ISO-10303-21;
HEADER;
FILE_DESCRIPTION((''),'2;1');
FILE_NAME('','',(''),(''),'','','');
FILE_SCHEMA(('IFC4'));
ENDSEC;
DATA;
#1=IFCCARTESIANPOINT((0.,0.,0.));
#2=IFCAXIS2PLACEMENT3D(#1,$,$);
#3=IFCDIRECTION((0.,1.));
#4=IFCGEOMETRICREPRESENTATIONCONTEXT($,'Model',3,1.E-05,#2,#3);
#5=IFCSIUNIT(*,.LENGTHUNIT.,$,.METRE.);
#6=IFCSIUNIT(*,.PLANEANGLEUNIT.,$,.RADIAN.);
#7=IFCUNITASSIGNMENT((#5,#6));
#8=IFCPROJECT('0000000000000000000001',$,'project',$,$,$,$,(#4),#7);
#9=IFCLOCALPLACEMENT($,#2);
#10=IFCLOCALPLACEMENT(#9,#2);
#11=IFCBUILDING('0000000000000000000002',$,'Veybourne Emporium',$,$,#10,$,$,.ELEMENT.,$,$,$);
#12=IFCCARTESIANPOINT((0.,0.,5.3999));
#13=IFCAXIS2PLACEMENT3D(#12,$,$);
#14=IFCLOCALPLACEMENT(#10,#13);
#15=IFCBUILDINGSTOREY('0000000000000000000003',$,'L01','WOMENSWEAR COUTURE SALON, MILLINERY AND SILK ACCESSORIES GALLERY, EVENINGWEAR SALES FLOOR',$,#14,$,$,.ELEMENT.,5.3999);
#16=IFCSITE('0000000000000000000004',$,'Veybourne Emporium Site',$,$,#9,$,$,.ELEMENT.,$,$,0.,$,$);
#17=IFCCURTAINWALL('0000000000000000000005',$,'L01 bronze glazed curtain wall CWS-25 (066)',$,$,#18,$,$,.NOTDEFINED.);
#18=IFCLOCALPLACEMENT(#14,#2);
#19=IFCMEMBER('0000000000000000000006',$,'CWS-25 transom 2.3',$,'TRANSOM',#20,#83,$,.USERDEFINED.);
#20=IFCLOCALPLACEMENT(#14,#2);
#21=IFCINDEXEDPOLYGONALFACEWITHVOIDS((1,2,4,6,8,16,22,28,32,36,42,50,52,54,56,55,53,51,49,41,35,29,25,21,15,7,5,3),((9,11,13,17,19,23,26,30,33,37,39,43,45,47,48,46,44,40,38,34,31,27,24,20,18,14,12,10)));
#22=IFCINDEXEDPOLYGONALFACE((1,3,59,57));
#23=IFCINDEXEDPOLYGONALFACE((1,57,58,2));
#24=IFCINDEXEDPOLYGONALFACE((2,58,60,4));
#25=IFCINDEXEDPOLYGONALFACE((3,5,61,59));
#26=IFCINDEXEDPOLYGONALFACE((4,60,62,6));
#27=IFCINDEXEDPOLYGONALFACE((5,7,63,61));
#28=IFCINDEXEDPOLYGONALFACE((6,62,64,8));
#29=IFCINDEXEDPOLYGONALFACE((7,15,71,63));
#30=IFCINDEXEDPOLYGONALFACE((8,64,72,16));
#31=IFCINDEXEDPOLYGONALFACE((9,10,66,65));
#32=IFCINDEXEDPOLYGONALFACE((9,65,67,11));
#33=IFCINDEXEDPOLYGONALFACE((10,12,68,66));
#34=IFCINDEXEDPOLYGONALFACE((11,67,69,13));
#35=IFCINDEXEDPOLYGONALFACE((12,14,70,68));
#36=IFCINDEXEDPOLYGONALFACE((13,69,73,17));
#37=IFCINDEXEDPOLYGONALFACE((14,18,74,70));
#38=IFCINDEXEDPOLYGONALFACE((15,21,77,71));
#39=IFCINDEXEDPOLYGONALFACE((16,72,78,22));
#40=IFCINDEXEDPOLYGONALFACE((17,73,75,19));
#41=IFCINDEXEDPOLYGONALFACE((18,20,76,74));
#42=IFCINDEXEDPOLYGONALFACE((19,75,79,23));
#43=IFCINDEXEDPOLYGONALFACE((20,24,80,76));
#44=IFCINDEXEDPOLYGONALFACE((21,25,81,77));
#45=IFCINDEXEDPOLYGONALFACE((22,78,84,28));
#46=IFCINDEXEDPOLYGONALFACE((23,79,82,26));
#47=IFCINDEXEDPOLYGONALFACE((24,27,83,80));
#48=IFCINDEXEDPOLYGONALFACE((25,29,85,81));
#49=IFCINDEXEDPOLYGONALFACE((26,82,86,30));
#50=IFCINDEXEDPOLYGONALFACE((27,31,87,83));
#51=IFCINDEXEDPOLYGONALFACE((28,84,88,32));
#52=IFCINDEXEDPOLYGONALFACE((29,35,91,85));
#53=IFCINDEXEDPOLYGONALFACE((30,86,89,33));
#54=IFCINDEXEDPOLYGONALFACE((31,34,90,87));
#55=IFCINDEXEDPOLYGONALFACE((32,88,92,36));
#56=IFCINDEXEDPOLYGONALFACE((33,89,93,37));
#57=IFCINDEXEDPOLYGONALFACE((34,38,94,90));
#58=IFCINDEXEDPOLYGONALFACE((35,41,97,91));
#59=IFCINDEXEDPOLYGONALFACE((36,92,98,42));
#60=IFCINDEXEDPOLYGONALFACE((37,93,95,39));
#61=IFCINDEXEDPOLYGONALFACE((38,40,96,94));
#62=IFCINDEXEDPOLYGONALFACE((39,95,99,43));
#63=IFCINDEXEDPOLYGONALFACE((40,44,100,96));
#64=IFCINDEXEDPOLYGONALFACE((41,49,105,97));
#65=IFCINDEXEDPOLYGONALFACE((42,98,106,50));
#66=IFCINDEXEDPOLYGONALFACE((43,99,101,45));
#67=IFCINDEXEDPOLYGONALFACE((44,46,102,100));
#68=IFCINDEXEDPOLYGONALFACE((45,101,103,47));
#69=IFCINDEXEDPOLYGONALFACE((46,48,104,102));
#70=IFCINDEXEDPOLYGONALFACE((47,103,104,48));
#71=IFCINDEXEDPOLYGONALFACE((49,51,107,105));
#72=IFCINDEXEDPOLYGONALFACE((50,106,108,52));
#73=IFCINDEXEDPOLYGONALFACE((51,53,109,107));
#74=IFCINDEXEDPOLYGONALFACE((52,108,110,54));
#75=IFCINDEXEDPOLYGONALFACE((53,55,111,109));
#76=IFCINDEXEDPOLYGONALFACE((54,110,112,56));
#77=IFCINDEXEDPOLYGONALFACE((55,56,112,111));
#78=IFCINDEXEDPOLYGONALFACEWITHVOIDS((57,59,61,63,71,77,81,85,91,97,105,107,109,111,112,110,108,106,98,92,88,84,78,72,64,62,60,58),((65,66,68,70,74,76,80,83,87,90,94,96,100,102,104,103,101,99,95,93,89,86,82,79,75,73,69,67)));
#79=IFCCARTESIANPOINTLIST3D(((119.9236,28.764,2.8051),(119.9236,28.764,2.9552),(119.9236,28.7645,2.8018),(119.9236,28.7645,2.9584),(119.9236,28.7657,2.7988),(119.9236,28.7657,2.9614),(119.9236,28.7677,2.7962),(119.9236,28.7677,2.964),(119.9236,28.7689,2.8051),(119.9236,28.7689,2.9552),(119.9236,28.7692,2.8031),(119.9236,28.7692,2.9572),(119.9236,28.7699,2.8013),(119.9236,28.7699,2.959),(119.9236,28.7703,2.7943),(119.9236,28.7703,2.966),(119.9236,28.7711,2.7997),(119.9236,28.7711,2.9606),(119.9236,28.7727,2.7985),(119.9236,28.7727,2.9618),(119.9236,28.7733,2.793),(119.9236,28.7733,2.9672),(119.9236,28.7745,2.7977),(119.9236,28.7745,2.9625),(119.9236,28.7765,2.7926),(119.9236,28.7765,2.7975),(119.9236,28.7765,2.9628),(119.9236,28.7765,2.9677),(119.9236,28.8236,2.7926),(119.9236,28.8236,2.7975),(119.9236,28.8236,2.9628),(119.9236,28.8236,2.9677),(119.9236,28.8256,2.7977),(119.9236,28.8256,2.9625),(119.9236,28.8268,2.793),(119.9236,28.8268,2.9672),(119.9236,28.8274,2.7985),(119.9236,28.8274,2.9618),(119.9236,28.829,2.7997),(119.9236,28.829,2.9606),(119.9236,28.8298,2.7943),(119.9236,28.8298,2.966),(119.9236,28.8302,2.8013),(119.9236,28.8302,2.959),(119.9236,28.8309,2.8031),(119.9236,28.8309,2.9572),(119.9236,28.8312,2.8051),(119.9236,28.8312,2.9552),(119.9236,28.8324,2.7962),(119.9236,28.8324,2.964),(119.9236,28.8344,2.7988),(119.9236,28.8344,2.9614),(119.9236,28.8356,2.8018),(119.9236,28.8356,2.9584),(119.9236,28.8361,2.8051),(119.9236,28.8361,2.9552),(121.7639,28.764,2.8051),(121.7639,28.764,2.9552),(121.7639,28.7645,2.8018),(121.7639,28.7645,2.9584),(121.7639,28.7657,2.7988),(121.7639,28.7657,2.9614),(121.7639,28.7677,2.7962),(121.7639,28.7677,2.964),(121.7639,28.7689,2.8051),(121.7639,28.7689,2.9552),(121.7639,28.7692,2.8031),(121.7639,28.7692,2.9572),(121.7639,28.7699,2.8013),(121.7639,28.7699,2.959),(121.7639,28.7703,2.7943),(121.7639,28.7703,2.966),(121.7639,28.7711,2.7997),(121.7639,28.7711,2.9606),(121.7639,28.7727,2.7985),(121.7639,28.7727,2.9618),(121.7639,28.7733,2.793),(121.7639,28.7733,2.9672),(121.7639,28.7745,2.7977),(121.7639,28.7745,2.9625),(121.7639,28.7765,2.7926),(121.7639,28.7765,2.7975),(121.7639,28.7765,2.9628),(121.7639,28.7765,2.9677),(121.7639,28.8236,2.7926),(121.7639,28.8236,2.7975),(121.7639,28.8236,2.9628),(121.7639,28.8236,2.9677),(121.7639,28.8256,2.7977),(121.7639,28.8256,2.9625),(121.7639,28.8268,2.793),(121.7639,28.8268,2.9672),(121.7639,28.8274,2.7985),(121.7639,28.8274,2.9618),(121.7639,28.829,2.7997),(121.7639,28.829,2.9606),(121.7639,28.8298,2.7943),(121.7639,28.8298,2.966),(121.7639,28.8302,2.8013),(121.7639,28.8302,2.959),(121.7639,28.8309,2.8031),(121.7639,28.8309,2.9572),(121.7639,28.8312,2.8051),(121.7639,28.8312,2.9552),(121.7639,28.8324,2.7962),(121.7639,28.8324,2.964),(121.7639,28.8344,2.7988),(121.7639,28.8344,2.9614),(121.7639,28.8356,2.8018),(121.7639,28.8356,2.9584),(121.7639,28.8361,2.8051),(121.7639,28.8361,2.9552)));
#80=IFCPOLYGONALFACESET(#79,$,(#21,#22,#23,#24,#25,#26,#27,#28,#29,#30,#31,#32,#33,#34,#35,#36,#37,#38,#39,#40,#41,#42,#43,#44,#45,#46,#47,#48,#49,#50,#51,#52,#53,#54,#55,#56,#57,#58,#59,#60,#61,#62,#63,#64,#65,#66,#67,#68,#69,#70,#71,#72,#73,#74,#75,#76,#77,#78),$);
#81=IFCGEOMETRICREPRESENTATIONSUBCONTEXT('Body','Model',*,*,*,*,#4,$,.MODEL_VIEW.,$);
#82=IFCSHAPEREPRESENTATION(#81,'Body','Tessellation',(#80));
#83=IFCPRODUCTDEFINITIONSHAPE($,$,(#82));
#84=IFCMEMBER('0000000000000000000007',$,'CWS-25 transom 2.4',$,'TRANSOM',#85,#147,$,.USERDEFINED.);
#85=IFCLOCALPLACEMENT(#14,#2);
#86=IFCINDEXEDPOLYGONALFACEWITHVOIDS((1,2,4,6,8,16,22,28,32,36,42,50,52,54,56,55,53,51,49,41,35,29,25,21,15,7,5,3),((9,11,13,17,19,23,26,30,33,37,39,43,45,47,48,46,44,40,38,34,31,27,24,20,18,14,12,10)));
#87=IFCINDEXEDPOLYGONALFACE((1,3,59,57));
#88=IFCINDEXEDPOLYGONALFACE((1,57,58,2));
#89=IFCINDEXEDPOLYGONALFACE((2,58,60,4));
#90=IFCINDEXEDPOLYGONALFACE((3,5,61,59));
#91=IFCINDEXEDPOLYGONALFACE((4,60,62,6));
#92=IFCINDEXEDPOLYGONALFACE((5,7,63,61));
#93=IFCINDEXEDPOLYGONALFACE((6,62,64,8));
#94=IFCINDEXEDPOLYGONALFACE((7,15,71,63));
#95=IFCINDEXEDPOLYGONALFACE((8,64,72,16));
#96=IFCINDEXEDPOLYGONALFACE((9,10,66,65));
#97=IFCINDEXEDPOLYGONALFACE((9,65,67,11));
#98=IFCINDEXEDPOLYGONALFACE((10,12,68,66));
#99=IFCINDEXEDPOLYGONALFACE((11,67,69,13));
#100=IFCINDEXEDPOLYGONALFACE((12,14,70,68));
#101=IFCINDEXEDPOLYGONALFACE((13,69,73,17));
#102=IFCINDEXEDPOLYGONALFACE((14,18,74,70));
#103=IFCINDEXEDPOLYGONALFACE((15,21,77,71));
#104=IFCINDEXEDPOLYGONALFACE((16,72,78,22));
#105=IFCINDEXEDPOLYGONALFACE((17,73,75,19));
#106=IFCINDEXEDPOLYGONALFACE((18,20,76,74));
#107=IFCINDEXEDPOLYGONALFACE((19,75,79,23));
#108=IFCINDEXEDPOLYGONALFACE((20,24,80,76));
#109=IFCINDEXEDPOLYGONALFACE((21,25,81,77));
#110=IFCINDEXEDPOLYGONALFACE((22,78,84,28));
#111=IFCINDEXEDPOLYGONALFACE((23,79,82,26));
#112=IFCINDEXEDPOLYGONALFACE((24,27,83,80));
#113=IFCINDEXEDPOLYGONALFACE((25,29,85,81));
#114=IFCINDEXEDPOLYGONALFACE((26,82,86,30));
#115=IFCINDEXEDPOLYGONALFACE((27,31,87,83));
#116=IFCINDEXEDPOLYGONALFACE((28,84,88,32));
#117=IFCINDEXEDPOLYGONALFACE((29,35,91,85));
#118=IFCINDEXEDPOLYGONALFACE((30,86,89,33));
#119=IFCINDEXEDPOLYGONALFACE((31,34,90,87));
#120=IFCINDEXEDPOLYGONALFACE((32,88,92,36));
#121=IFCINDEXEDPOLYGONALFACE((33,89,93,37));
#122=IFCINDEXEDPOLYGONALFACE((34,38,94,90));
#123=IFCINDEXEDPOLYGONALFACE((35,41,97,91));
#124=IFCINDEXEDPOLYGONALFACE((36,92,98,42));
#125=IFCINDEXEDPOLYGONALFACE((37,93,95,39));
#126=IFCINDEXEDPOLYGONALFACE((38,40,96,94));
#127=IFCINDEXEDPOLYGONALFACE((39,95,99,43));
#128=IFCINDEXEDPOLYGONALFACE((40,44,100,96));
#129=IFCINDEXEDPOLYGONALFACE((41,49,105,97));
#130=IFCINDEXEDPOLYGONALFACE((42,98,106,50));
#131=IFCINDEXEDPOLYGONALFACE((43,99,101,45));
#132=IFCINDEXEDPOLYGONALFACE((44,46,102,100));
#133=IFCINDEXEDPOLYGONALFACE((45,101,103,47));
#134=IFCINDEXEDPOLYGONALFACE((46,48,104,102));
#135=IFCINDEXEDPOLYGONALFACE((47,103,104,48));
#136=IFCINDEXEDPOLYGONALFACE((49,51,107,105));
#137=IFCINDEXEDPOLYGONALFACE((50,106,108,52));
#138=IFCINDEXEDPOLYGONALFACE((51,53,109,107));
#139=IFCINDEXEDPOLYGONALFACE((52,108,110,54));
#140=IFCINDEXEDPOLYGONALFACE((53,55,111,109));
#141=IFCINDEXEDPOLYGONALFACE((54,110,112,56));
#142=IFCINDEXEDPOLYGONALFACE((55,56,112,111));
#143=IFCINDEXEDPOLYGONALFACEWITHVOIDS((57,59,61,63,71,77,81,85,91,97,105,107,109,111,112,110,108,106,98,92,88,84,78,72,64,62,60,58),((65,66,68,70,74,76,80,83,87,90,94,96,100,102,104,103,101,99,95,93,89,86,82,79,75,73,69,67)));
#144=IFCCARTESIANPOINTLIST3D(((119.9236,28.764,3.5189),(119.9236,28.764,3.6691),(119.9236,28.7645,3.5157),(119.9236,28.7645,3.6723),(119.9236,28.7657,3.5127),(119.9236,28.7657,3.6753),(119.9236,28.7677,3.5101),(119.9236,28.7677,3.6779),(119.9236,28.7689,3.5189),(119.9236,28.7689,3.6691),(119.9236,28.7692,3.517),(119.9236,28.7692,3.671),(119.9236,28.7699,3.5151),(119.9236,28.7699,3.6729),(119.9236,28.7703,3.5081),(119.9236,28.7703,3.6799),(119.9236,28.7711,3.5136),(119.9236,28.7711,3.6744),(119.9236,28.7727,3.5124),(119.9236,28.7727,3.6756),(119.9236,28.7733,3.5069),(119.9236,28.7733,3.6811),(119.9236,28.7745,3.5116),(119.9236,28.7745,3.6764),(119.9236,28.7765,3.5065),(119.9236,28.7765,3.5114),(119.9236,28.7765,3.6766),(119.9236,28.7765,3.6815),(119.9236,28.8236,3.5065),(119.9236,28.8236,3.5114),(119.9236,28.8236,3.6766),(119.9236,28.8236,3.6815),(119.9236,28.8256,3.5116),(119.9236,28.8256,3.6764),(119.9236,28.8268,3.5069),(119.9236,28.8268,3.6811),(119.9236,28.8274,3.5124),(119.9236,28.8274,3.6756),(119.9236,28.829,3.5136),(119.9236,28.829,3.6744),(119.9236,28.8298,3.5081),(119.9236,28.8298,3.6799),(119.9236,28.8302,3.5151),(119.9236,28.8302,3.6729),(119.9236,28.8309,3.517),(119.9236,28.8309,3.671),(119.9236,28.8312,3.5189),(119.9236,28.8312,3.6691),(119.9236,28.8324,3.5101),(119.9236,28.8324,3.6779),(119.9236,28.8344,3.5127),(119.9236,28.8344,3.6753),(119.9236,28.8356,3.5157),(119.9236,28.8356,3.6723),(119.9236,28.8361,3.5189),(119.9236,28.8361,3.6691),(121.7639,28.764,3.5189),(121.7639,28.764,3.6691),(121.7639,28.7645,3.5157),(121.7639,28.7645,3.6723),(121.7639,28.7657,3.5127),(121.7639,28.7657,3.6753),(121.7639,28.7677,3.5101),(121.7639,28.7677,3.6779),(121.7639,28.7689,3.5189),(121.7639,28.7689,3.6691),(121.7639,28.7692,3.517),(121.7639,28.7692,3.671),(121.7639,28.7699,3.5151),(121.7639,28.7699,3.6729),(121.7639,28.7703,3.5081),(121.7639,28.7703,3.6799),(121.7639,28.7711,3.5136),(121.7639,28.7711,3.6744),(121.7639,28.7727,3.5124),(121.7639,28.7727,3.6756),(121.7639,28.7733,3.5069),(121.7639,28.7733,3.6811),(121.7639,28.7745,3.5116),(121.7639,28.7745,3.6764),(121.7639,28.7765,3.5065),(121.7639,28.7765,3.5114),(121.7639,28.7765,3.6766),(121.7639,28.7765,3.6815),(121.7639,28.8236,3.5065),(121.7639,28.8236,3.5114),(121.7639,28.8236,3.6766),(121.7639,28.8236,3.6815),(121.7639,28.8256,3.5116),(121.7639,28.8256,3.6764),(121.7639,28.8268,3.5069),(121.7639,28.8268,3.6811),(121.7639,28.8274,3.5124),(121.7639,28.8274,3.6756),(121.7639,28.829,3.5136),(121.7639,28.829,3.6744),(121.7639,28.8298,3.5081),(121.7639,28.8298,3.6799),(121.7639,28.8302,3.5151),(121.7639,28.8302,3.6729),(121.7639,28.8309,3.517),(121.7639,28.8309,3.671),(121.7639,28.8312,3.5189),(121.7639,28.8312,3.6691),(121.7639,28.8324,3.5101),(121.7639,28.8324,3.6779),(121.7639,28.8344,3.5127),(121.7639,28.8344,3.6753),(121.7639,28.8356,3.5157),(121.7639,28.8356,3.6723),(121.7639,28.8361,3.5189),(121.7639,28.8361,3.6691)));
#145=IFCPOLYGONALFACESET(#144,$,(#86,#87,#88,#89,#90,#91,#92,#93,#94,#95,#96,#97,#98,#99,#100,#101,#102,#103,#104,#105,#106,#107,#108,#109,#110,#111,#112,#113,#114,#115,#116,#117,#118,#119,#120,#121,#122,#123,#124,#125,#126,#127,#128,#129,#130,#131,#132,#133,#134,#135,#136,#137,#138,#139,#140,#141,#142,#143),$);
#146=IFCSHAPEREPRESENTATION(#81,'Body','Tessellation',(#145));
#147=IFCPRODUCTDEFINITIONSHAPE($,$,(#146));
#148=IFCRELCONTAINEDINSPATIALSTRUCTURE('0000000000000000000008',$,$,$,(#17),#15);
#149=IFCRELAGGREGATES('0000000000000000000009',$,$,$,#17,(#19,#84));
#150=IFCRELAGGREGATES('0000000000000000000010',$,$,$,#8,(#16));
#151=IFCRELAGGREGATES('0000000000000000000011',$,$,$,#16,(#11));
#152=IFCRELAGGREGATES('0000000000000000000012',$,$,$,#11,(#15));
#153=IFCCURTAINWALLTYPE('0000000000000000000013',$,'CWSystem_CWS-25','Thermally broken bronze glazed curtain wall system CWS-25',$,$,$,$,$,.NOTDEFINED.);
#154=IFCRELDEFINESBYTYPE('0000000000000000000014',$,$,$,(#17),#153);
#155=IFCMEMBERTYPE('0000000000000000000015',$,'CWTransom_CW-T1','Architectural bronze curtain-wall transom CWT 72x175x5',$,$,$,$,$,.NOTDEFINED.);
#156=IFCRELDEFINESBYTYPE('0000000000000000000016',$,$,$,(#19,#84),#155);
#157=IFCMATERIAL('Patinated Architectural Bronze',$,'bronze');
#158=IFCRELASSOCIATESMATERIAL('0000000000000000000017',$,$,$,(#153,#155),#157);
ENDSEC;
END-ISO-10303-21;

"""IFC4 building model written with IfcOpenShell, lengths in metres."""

from ifc_helpers import new_model, si_unit, direction, frame, origin, origin_2d, place, context, subcontext, project, spatial, hollow_rectangle, extrude, material, material_profile, profile_set, type_object, element, aggregate, save


model = new_model("IFC4")

# Units and contexts
model_context = context("Model", 3, precision=1e-05, world=origin(), true_north=direction((0.0, 1.0)))
body_context = subcontext(model_context, "Body", "Model", "MODEL_VIEW")
ifc_project = project(units=[si_unit("LENGTHUNIT", "METRE"), si_unit("PLANEANGLEUNIT", "RADIAN")], contexts=[model_context])

# Site, building, storey
site_placement = place(None, origin())
site = spatial("IfcSite", under=ifc_project, at=site_placement, Name="Veybourne Emporium Site", CompositionType="ELEMENT", RefElevation=0.0)
building_placement = place(site_placement, origin())
building = spatial("IfcBuilding", under=site, at=building_placement, Name="Veybourne Emporium", CompositionType="ELEMENT")
storey_placement = place(building_placement, frame((0.0, 0.0, 5.3999)))
storey = spatial("IfcBuildingStorey", under=building, at=storey_placement, Name="L01", Description="WOMENSWEAR COUTURE SALON, MILLINERY AND SILK ACCESSORIES GALLERY, EVENINGWEAR SALES FLOOR", CompositionType="ELEMENT", Elevation=5.3999)

# Curtain wall, members
ifc_material_1 = material(Name="Patinated Architectural Bronze", Category="bronze")
curtain_wall_type = type_object("IfcCurtainWallType", Name="CWSystem_CWS-25", Description="Thermally broken bronze glazed curtain wall system CWS-25", PredefinedType="NOTDEFINED", material=ifc_material_1)
curtain_wall_placement = place(storey_placement, origin())
curtain_wall = element("IfcCurtainWall", 1, at=curtain_wall_placement, inside=storey, type_object=curtain_wall_type, Name="L01 bronze glazed curtain wall CWS-25 (066)", PredefinedType="NOTDEFINED")
ifc_material_profile_1 = material_profile(ifc_material_1, hollow_rectangle(XDim=0.072, YDim=0.175, WallThickness=0.0049, InnerFilletRadius=0.0076, OuterFilletRadius=0.0125, at=origin_2d()), Name="CWT 72x175x5")
ifc_profile_set_1 = profile_set([ifc_material_profile_1], Name="Patinated Architectural Bronze")
member_type_1 = type_object("IfcMemberType", Name="CWTransom_CW-T1", Description="Architectural bronze curtain-wall transom CWT 72x175x5", PredefinedType="NOTDEFINED", material=ifc_profile_set_1)
member_1_placement = place(storey_placement, frame((119.9236, 28.8, 2.8801), z_axis=(1.0, 0.0, 0.0), x_axis=(0.0, 1.0, 0.0)))
member_1 = element("IfcMember", 2, at=member_1_placement, type_object=member_type_1, Name="CWS-25 transom 2.3", ObjectType="TRANSOM", PredefinedType="USERDEFINED", context=body_context, shape_type="SweptSolid", body=[
    extrude(hollow_rectangle(XDim=0.072, YDim=0.175, WallThickness=0.0049, InnerFilletRadius=0.0076, OuterFilletRadius=0.0125, at=origin_2d()), origin(), (0.0, 0.0, 1.0), 1.8403),
])
member_2_placement = place(storey_placement, frame((119.9236, 28.8, 3.594), z_axis=(1.0, 0.0, 0.0), x_axis=(0.0, 1.0, 0.0)))
member_2 = element("IfcMember", 3, at=member_2_placement, type_object=member_type_1, Name="CWS-25 transom 2.4", ObjectType="TRANSOM", PredefinedType="USERDEFINED", context=body_context, shape_type="SweptSolid", body=[
    extrude(hollow_rectangle(XDim=0.072, YDim=0.175, WallThickness=0.0049, InnerFilletRadius=0.0076, OuterFilletRadius=0.0125, at=origin_2d()), origin(), (0.0, 0.0, 1.0), 1.8403),
])
aggregate(curtain_wall, [member_1, member_2])

save(model, "model.ifc")
